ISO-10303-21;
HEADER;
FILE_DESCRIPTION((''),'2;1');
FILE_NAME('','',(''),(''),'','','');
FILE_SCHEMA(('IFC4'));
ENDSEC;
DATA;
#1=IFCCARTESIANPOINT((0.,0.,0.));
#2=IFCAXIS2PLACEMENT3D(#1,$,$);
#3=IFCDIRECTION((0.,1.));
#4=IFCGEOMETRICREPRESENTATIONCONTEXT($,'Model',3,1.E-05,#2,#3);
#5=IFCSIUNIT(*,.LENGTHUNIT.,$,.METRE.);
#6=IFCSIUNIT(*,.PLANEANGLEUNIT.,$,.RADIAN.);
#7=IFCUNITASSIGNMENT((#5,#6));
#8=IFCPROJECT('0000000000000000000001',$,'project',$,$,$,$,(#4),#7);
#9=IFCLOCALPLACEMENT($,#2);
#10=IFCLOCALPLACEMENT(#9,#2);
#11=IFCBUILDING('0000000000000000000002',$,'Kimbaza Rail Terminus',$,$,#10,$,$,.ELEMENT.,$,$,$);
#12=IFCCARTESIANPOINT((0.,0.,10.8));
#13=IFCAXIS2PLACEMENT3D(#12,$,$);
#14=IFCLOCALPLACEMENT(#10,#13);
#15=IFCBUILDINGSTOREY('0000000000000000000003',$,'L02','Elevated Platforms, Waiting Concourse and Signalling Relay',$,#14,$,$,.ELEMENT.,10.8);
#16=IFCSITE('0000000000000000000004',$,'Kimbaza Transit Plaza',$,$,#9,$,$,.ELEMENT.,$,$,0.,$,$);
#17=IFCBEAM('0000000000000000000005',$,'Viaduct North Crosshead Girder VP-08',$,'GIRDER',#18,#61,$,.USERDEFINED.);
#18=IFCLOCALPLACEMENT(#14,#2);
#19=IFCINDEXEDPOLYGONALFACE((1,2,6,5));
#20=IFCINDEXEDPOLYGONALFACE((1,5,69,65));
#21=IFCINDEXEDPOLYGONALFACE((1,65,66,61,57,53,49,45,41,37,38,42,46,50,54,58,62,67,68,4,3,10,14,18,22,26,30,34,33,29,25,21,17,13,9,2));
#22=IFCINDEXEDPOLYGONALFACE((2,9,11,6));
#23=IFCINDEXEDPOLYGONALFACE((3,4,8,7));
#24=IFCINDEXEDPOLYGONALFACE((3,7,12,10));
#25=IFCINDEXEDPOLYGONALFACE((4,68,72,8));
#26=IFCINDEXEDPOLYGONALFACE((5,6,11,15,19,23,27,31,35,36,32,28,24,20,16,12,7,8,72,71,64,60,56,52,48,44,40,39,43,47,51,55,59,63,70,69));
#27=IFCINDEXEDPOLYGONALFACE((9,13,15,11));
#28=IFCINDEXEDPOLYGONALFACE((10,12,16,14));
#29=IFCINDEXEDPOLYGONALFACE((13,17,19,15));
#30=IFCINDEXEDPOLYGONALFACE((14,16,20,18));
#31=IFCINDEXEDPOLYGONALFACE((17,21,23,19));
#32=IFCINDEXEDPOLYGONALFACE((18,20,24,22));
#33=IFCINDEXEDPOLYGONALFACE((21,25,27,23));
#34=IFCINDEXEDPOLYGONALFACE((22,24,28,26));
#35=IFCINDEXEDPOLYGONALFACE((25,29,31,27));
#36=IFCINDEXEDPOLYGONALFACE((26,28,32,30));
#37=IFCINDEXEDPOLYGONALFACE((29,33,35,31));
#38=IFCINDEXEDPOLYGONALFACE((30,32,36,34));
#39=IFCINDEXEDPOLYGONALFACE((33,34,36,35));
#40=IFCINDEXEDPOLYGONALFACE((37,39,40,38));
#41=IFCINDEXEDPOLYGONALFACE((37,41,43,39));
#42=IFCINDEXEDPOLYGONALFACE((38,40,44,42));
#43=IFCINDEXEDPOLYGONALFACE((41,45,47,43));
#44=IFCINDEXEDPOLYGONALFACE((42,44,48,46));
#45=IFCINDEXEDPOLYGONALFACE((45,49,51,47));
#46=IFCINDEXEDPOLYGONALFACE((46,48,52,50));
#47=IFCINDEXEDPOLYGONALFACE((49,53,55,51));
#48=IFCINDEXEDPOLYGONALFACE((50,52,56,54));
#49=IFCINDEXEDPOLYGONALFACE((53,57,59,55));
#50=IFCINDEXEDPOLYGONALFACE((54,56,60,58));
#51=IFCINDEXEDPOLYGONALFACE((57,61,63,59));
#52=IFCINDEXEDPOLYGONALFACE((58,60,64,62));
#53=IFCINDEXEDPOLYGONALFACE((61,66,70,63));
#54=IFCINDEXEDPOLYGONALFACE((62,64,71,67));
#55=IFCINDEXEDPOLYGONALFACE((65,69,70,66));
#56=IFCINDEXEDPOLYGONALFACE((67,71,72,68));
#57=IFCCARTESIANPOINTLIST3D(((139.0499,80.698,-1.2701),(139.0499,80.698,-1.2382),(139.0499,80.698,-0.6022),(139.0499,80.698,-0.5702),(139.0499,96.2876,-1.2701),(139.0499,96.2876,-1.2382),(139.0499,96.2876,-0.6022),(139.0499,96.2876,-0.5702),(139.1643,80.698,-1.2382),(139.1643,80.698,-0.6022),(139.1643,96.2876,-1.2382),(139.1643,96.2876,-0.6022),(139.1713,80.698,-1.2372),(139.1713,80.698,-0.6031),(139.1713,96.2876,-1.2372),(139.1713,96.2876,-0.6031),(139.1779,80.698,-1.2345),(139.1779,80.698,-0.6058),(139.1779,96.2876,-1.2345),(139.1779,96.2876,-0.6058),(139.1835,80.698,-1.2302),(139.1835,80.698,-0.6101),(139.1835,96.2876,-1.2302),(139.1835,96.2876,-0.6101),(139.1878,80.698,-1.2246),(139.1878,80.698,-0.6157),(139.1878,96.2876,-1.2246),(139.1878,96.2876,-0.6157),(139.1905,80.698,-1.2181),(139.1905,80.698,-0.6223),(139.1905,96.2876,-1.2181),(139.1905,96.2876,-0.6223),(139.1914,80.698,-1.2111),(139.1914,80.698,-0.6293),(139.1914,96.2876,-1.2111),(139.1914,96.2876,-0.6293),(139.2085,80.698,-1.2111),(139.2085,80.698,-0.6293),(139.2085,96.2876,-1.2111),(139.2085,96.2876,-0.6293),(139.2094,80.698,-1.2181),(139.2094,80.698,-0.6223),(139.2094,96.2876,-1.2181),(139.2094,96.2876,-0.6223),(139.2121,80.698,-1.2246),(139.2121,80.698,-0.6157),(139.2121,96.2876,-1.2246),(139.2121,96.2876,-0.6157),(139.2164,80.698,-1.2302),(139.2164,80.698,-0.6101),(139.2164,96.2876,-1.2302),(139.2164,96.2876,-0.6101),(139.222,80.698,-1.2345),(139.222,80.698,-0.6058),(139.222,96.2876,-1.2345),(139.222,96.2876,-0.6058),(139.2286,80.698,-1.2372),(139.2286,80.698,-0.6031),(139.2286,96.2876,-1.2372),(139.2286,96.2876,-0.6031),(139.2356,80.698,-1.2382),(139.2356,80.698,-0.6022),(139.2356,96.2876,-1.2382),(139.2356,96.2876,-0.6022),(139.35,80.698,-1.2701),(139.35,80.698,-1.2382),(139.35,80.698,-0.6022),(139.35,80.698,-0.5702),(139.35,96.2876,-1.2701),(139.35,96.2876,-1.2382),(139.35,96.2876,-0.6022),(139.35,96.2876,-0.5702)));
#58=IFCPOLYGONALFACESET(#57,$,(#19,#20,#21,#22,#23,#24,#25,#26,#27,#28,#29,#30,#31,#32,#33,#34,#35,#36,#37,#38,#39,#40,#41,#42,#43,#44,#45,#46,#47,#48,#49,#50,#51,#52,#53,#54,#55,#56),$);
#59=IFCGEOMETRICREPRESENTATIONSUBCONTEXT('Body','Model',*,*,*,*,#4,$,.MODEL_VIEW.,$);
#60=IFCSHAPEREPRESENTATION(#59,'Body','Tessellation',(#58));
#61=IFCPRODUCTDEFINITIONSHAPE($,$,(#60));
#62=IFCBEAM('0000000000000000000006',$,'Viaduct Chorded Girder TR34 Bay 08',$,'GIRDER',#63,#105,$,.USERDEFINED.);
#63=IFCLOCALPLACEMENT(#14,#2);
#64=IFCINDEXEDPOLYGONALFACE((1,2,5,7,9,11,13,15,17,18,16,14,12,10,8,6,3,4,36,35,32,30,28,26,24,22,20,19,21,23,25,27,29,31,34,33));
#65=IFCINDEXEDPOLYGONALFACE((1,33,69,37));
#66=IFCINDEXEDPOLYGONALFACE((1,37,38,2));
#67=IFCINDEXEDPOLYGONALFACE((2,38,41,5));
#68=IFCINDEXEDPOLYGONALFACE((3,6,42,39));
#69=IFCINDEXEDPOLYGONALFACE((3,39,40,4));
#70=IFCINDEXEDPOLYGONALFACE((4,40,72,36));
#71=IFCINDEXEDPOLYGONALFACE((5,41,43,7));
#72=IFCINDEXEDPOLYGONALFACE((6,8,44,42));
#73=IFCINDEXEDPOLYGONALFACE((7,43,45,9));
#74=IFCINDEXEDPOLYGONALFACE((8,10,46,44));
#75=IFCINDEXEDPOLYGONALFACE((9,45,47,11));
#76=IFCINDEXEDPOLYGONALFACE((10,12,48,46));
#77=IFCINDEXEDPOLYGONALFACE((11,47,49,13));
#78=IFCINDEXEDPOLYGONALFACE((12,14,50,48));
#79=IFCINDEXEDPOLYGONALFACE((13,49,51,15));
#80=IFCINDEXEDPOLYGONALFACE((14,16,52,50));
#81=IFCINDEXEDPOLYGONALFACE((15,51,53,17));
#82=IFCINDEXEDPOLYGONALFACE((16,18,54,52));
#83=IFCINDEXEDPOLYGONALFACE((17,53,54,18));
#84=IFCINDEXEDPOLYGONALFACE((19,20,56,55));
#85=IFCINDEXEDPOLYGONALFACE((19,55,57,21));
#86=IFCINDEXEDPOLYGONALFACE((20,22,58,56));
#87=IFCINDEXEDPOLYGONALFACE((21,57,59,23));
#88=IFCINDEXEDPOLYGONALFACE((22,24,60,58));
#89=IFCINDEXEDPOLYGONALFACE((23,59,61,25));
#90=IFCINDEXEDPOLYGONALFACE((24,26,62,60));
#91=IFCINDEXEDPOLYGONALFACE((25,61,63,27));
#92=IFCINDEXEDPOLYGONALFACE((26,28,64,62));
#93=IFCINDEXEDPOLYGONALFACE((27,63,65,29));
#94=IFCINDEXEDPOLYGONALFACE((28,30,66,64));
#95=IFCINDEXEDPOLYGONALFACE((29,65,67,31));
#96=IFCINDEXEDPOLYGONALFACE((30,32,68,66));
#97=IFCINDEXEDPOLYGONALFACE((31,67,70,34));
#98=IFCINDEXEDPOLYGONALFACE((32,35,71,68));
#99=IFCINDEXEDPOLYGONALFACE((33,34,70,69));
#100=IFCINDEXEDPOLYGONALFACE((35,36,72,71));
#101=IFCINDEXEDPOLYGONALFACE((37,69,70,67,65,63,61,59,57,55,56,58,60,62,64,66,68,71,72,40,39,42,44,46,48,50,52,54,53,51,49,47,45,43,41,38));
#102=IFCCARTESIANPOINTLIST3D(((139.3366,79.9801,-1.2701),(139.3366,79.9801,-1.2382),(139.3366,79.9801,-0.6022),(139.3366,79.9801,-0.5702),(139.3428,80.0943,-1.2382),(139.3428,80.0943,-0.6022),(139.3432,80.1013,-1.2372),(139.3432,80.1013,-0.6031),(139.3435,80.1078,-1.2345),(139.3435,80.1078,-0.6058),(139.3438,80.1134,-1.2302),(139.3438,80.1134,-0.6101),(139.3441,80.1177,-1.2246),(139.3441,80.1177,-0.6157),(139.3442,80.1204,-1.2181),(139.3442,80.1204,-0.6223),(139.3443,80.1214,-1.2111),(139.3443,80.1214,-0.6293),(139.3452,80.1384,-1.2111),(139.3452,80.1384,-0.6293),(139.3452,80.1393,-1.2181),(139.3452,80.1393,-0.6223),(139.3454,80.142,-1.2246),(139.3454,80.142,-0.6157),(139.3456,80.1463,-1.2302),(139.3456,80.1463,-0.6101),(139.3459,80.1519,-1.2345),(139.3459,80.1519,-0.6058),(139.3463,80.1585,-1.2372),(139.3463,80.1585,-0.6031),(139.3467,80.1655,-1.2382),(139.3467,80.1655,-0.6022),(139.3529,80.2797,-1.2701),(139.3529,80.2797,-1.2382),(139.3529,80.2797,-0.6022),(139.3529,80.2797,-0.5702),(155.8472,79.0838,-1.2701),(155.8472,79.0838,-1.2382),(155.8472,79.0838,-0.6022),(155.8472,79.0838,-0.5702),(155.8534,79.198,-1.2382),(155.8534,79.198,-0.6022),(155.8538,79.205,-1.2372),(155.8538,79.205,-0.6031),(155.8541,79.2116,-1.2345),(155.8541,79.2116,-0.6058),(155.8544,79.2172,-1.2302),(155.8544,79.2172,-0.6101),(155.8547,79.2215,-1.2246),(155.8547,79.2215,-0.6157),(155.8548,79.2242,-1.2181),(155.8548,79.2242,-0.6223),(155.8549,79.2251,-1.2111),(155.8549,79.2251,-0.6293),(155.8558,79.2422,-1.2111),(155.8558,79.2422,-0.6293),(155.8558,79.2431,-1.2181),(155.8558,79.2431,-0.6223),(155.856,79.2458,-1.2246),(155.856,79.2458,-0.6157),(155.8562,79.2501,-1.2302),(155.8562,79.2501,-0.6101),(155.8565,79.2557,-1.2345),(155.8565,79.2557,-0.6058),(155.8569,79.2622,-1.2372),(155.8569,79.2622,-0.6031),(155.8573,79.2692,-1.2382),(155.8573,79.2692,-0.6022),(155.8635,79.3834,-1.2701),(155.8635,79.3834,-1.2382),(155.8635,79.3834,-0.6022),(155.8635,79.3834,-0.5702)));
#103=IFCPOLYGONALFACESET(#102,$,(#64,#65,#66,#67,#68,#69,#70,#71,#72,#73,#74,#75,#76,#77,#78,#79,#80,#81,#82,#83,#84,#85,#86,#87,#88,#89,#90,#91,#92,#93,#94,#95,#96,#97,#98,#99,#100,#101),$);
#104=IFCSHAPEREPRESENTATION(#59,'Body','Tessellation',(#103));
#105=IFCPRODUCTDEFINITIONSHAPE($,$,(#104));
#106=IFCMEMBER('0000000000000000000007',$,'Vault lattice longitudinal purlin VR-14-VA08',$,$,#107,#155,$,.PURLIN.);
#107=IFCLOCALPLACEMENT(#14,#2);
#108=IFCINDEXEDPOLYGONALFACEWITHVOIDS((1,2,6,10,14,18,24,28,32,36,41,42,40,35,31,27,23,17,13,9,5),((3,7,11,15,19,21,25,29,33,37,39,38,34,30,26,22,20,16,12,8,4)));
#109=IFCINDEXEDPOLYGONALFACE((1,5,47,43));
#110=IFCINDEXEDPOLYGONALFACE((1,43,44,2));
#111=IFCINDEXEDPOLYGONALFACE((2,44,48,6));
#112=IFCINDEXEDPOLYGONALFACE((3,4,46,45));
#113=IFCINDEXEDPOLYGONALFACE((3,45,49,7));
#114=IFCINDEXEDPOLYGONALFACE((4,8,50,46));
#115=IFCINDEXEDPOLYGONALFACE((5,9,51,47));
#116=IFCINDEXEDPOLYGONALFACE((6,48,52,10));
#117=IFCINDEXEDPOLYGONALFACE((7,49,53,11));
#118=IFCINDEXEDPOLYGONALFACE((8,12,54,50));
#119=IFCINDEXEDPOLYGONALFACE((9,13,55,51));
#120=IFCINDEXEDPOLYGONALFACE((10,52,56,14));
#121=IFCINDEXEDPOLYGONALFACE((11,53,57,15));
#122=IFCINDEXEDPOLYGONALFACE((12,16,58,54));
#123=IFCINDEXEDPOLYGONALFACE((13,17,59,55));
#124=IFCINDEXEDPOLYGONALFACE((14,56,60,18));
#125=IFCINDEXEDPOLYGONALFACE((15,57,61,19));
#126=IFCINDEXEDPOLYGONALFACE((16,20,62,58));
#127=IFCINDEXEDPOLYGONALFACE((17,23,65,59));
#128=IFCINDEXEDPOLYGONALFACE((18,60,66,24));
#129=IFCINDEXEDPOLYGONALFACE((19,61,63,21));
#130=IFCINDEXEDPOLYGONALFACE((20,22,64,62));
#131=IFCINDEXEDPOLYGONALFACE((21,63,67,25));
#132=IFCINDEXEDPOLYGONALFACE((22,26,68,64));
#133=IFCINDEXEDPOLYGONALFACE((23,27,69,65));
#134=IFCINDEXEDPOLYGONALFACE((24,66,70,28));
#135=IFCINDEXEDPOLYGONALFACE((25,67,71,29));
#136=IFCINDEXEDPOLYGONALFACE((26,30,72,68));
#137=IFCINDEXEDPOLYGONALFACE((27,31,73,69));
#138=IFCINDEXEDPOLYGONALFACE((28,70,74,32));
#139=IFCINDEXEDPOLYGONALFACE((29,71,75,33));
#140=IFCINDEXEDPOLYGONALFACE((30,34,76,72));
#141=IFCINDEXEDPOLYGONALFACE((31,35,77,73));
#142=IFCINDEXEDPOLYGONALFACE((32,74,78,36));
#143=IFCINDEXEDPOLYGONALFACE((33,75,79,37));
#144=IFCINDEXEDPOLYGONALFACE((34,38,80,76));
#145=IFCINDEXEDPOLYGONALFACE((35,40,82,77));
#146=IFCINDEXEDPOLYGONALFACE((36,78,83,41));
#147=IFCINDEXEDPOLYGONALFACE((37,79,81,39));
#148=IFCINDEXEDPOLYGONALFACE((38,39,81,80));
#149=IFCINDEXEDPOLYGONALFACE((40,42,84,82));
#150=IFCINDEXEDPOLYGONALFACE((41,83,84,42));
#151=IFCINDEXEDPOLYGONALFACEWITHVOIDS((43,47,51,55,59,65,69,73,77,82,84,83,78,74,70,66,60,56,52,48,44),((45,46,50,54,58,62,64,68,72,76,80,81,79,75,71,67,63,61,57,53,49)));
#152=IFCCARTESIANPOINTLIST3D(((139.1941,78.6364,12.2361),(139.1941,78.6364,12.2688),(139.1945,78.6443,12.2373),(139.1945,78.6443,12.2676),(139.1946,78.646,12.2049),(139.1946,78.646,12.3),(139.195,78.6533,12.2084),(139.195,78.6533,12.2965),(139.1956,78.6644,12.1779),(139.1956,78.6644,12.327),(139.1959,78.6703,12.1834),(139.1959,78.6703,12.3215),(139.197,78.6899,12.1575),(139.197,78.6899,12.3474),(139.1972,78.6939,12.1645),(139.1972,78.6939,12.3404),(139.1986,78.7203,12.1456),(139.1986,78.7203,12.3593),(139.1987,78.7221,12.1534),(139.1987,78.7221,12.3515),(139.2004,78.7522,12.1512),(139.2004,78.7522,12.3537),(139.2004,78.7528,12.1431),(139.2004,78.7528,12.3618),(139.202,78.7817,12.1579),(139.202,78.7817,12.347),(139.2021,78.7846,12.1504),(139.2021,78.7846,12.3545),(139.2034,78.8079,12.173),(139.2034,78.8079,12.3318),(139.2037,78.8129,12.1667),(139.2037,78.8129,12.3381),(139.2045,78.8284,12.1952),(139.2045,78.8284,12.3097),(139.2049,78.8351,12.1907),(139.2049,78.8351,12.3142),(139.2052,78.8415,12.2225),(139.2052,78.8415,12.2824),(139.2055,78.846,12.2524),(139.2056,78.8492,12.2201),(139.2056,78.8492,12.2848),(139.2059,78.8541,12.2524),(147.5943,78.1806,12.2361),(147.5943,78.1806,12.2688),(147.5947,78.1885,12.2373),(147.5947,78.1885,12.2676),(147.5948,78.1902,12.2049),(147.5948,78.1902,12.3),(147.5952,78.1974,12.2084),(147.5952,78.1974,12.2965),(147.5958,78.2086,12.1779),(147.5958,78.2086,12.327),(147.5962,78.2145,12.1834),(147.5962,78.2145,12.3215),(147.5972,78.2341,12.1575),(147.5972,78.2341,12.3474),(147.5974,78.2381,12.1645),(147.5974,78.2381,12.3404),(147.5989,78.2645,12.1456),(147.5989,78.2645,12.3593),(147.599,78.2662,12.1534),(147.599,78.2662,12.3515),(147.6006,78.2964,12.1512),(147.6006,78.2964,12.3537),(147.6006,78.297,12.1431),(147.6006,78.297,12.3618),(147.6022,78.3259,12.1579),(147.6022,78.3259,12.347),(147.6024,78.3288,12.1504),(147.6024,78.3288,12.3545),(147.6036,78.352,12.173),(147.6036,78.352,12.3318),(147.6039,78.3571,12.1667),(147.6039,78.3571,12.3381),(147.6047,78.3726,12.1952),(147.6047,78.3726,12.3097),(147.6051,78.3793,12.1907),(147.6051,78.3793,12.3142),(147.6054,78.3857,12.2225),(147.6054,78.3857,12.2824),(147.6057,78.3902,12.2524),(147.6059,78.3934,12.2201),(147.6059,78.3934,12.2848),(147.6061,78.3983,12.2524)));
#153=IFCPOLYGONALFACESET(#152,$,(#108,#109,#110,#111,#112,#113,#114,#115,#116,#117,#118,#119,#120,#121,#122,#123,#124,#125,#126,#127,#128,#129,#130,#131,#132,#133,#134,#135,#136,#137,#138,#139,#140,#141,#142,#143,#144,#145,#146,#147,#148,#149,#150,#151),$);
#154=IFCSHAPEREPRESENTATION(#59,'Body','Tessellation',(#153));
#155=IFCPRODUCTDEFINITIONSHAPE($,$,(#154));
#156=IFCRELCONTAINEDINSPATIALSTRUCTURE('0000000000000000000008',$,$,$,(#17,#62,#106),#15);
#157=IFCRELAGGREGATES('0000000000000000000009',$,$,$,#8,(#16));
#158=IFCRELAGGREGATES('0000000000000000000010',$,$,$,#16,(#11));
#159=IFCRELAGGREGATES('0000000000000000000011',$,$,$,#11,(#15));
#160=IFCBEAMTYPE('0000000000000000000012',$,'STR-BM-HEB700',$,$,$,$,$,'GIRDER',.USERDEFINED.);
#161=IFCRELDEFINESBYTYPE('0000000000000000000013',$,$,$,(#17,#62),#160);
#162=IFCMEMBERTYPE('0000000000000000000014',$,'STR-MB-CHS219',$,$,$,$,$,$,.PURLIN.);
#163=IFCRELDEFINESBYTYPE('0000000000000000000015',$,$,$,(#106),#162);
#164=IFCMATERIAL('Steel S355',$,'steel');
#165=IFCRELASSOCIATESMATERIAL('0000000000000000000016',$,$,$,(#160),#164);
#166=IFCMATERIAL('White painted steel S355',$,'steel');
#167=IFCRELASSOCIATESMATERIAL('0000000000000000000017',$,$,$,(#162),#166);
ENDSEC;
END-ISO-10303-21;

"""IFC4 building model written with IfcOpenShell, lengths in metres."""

from ifc_helpers import new_model, si_unit, direction, frame, origin, origin_2d, place, context, subcontext, project, spatial, hollow_circle, i_section, extrude, material, material_profile, profile_set, type_object, element, save


model = new_model("IFC4")

# Units and contexts
model_context = context("Model", 3, precision=1e-05, world=origin(), true_north=direction((0.0, 1.0)))
body_context = subcontext(model_context, "Body", "Model", "MODEL_VIEW")
ifc_project = project(units=[si_unit("LENGTHUNIT", "METRE"), si_unit("PLANEANGLEUNIT", "RADIAN")], contexts=[model_context])

# Site, building, storey
site_placement = place(None, origin())
site = spatial("IfcSite", under=ifc_project, at=site_placement, Name="Kimbaza Transit Plaza", CompositionType="ELEMENT", RefElevation=0.0)
building_placement = place(site_placement, origin())
building = spatial("IfcBuilding", under=site, at=building_placement, Name="Kimbaza Rail Terminus", CompositionType="ELEMENT")
storey_placement = place(building_placement, frame((0.0, 0.0, 10.8)))
storey = spatial("IfcBuildingStorey", under=building, at=storey_placement, Name="L02", Description="Elevated Platforms, Waiting Concourse and Signalling Relay", CompositionType="ELEMENT", Elevation=10.8)

# Beams
ifc_material_1 = material(Name="Steel S355", Category="steel")
ifc_material_profile_1 = material_profile(ifc_material_1, i_section(OverallWidth=0.3, OverallDepth=0.7, WebThickness=0.0171, FlangeThickness=0.032, FilletRadius=0.0271, at=origin_2d()), Name="HEB 700")
ifc_profile_set_1 = profile_set([ifc_material_profile_1], Name="Steel S355")
beam_type_1 = type_object("IfcBeamType", Name="STR-BM-HEB700", ElementType="GIRDER", PredefinedType="USERDEFINED", material=ifc_profile_set_1)
beam_1_placement = place(storey_placement, frame((139.2, 80.698, -0.9202), z_axis=(0.0, 1.0, 0.0), x_axis=(-1.0, 0.0, 0.0)))
element("IfcBeam", 1, at=beam_1_placement, inside=storey, type_object=beam_type_1, Name="Viaduct North Crosshead Girder VP-08", ObjectType="GIRDER", PredefinedType="USERDEFINED", context=body_context, shape_type="SweptSolid", body=[
    extrude(i_section(OverallWidth=0.3, OverallDepth=0.7, WebThickness=0.0171, FlangeThickness=0.032, FilletRadius=0.0271, at=origin_2d()), origin(), (0.0, 0.0, 1.0), 15.5896),
])
beam_2_placement = place(storey_placement, frame((139.3447, 80.1299, -0.9202), z_axis=(0.99853, -0.054203, 0.0), x_axis=(0.054203, 0.99853, 0.0)))
element("IfcBeam", 2, at=beam_2_placement, inside=storey, type_object=beam_type_1, Name="Viaduct Chorded Girder TR34 Bay 08", ObjectType="GIRDER", PredefinedType="USERDEFINED", context=body_context, shape_type="SweptSolid", body=[
    extrude(i_section(OverallWidth=0.3, OverallDepth=0.7, WebThickness=0.0171, FlangeThickness=0.032, FilletRadius=0.0271, at=origin_2d()), origin(), (0.0, 0.0, 1.0), 16.5349),
])

# Member
ifc_material_2 = material(Name="White painted steel S355", Category="steel")
ifc_material_profile_2 = material_profile(ifc_material_2, hollow_circle(Radius=0.1096, WallThickness=0.0081, at=origin_2d()), Name="CHS 219.1x8")
ifc_profile_set_2 = profile_set([ifc_material_profile_2], Name="White painted steel S355")
member_type_1 = type_object("IfcMemberType", Name="STR-MB-CHS219", PredefinedType="PURLIN", material=ifc_profile_set_2)
for number, where, z_axis, x_axis, name in (
    (3, (139.2, 78.7446, 12.2524), (0.998531, -0.054183, 0.0), (0.054183, 0.998531, 0.0), "Vault lattice longitudinal purlin VR-14-VA08"),
):
    element("IfcMember", number, at=place(storey_placement, frame(where, z_axis=z_axis, x_axis=x_axis)), inside=storey, type_object=member_type_1, Name=name, PredefinedType="PURLIN", context=body_context, shape_type="SweptSolid", body=[
        extrude(hollow_circle(Radius=0.1096, WallThickness=0.0081, at=origin_2d()), origin(), (0.0, 0.0, 1.0), 8.4126),
    ])

save(model, "model.ifc")
